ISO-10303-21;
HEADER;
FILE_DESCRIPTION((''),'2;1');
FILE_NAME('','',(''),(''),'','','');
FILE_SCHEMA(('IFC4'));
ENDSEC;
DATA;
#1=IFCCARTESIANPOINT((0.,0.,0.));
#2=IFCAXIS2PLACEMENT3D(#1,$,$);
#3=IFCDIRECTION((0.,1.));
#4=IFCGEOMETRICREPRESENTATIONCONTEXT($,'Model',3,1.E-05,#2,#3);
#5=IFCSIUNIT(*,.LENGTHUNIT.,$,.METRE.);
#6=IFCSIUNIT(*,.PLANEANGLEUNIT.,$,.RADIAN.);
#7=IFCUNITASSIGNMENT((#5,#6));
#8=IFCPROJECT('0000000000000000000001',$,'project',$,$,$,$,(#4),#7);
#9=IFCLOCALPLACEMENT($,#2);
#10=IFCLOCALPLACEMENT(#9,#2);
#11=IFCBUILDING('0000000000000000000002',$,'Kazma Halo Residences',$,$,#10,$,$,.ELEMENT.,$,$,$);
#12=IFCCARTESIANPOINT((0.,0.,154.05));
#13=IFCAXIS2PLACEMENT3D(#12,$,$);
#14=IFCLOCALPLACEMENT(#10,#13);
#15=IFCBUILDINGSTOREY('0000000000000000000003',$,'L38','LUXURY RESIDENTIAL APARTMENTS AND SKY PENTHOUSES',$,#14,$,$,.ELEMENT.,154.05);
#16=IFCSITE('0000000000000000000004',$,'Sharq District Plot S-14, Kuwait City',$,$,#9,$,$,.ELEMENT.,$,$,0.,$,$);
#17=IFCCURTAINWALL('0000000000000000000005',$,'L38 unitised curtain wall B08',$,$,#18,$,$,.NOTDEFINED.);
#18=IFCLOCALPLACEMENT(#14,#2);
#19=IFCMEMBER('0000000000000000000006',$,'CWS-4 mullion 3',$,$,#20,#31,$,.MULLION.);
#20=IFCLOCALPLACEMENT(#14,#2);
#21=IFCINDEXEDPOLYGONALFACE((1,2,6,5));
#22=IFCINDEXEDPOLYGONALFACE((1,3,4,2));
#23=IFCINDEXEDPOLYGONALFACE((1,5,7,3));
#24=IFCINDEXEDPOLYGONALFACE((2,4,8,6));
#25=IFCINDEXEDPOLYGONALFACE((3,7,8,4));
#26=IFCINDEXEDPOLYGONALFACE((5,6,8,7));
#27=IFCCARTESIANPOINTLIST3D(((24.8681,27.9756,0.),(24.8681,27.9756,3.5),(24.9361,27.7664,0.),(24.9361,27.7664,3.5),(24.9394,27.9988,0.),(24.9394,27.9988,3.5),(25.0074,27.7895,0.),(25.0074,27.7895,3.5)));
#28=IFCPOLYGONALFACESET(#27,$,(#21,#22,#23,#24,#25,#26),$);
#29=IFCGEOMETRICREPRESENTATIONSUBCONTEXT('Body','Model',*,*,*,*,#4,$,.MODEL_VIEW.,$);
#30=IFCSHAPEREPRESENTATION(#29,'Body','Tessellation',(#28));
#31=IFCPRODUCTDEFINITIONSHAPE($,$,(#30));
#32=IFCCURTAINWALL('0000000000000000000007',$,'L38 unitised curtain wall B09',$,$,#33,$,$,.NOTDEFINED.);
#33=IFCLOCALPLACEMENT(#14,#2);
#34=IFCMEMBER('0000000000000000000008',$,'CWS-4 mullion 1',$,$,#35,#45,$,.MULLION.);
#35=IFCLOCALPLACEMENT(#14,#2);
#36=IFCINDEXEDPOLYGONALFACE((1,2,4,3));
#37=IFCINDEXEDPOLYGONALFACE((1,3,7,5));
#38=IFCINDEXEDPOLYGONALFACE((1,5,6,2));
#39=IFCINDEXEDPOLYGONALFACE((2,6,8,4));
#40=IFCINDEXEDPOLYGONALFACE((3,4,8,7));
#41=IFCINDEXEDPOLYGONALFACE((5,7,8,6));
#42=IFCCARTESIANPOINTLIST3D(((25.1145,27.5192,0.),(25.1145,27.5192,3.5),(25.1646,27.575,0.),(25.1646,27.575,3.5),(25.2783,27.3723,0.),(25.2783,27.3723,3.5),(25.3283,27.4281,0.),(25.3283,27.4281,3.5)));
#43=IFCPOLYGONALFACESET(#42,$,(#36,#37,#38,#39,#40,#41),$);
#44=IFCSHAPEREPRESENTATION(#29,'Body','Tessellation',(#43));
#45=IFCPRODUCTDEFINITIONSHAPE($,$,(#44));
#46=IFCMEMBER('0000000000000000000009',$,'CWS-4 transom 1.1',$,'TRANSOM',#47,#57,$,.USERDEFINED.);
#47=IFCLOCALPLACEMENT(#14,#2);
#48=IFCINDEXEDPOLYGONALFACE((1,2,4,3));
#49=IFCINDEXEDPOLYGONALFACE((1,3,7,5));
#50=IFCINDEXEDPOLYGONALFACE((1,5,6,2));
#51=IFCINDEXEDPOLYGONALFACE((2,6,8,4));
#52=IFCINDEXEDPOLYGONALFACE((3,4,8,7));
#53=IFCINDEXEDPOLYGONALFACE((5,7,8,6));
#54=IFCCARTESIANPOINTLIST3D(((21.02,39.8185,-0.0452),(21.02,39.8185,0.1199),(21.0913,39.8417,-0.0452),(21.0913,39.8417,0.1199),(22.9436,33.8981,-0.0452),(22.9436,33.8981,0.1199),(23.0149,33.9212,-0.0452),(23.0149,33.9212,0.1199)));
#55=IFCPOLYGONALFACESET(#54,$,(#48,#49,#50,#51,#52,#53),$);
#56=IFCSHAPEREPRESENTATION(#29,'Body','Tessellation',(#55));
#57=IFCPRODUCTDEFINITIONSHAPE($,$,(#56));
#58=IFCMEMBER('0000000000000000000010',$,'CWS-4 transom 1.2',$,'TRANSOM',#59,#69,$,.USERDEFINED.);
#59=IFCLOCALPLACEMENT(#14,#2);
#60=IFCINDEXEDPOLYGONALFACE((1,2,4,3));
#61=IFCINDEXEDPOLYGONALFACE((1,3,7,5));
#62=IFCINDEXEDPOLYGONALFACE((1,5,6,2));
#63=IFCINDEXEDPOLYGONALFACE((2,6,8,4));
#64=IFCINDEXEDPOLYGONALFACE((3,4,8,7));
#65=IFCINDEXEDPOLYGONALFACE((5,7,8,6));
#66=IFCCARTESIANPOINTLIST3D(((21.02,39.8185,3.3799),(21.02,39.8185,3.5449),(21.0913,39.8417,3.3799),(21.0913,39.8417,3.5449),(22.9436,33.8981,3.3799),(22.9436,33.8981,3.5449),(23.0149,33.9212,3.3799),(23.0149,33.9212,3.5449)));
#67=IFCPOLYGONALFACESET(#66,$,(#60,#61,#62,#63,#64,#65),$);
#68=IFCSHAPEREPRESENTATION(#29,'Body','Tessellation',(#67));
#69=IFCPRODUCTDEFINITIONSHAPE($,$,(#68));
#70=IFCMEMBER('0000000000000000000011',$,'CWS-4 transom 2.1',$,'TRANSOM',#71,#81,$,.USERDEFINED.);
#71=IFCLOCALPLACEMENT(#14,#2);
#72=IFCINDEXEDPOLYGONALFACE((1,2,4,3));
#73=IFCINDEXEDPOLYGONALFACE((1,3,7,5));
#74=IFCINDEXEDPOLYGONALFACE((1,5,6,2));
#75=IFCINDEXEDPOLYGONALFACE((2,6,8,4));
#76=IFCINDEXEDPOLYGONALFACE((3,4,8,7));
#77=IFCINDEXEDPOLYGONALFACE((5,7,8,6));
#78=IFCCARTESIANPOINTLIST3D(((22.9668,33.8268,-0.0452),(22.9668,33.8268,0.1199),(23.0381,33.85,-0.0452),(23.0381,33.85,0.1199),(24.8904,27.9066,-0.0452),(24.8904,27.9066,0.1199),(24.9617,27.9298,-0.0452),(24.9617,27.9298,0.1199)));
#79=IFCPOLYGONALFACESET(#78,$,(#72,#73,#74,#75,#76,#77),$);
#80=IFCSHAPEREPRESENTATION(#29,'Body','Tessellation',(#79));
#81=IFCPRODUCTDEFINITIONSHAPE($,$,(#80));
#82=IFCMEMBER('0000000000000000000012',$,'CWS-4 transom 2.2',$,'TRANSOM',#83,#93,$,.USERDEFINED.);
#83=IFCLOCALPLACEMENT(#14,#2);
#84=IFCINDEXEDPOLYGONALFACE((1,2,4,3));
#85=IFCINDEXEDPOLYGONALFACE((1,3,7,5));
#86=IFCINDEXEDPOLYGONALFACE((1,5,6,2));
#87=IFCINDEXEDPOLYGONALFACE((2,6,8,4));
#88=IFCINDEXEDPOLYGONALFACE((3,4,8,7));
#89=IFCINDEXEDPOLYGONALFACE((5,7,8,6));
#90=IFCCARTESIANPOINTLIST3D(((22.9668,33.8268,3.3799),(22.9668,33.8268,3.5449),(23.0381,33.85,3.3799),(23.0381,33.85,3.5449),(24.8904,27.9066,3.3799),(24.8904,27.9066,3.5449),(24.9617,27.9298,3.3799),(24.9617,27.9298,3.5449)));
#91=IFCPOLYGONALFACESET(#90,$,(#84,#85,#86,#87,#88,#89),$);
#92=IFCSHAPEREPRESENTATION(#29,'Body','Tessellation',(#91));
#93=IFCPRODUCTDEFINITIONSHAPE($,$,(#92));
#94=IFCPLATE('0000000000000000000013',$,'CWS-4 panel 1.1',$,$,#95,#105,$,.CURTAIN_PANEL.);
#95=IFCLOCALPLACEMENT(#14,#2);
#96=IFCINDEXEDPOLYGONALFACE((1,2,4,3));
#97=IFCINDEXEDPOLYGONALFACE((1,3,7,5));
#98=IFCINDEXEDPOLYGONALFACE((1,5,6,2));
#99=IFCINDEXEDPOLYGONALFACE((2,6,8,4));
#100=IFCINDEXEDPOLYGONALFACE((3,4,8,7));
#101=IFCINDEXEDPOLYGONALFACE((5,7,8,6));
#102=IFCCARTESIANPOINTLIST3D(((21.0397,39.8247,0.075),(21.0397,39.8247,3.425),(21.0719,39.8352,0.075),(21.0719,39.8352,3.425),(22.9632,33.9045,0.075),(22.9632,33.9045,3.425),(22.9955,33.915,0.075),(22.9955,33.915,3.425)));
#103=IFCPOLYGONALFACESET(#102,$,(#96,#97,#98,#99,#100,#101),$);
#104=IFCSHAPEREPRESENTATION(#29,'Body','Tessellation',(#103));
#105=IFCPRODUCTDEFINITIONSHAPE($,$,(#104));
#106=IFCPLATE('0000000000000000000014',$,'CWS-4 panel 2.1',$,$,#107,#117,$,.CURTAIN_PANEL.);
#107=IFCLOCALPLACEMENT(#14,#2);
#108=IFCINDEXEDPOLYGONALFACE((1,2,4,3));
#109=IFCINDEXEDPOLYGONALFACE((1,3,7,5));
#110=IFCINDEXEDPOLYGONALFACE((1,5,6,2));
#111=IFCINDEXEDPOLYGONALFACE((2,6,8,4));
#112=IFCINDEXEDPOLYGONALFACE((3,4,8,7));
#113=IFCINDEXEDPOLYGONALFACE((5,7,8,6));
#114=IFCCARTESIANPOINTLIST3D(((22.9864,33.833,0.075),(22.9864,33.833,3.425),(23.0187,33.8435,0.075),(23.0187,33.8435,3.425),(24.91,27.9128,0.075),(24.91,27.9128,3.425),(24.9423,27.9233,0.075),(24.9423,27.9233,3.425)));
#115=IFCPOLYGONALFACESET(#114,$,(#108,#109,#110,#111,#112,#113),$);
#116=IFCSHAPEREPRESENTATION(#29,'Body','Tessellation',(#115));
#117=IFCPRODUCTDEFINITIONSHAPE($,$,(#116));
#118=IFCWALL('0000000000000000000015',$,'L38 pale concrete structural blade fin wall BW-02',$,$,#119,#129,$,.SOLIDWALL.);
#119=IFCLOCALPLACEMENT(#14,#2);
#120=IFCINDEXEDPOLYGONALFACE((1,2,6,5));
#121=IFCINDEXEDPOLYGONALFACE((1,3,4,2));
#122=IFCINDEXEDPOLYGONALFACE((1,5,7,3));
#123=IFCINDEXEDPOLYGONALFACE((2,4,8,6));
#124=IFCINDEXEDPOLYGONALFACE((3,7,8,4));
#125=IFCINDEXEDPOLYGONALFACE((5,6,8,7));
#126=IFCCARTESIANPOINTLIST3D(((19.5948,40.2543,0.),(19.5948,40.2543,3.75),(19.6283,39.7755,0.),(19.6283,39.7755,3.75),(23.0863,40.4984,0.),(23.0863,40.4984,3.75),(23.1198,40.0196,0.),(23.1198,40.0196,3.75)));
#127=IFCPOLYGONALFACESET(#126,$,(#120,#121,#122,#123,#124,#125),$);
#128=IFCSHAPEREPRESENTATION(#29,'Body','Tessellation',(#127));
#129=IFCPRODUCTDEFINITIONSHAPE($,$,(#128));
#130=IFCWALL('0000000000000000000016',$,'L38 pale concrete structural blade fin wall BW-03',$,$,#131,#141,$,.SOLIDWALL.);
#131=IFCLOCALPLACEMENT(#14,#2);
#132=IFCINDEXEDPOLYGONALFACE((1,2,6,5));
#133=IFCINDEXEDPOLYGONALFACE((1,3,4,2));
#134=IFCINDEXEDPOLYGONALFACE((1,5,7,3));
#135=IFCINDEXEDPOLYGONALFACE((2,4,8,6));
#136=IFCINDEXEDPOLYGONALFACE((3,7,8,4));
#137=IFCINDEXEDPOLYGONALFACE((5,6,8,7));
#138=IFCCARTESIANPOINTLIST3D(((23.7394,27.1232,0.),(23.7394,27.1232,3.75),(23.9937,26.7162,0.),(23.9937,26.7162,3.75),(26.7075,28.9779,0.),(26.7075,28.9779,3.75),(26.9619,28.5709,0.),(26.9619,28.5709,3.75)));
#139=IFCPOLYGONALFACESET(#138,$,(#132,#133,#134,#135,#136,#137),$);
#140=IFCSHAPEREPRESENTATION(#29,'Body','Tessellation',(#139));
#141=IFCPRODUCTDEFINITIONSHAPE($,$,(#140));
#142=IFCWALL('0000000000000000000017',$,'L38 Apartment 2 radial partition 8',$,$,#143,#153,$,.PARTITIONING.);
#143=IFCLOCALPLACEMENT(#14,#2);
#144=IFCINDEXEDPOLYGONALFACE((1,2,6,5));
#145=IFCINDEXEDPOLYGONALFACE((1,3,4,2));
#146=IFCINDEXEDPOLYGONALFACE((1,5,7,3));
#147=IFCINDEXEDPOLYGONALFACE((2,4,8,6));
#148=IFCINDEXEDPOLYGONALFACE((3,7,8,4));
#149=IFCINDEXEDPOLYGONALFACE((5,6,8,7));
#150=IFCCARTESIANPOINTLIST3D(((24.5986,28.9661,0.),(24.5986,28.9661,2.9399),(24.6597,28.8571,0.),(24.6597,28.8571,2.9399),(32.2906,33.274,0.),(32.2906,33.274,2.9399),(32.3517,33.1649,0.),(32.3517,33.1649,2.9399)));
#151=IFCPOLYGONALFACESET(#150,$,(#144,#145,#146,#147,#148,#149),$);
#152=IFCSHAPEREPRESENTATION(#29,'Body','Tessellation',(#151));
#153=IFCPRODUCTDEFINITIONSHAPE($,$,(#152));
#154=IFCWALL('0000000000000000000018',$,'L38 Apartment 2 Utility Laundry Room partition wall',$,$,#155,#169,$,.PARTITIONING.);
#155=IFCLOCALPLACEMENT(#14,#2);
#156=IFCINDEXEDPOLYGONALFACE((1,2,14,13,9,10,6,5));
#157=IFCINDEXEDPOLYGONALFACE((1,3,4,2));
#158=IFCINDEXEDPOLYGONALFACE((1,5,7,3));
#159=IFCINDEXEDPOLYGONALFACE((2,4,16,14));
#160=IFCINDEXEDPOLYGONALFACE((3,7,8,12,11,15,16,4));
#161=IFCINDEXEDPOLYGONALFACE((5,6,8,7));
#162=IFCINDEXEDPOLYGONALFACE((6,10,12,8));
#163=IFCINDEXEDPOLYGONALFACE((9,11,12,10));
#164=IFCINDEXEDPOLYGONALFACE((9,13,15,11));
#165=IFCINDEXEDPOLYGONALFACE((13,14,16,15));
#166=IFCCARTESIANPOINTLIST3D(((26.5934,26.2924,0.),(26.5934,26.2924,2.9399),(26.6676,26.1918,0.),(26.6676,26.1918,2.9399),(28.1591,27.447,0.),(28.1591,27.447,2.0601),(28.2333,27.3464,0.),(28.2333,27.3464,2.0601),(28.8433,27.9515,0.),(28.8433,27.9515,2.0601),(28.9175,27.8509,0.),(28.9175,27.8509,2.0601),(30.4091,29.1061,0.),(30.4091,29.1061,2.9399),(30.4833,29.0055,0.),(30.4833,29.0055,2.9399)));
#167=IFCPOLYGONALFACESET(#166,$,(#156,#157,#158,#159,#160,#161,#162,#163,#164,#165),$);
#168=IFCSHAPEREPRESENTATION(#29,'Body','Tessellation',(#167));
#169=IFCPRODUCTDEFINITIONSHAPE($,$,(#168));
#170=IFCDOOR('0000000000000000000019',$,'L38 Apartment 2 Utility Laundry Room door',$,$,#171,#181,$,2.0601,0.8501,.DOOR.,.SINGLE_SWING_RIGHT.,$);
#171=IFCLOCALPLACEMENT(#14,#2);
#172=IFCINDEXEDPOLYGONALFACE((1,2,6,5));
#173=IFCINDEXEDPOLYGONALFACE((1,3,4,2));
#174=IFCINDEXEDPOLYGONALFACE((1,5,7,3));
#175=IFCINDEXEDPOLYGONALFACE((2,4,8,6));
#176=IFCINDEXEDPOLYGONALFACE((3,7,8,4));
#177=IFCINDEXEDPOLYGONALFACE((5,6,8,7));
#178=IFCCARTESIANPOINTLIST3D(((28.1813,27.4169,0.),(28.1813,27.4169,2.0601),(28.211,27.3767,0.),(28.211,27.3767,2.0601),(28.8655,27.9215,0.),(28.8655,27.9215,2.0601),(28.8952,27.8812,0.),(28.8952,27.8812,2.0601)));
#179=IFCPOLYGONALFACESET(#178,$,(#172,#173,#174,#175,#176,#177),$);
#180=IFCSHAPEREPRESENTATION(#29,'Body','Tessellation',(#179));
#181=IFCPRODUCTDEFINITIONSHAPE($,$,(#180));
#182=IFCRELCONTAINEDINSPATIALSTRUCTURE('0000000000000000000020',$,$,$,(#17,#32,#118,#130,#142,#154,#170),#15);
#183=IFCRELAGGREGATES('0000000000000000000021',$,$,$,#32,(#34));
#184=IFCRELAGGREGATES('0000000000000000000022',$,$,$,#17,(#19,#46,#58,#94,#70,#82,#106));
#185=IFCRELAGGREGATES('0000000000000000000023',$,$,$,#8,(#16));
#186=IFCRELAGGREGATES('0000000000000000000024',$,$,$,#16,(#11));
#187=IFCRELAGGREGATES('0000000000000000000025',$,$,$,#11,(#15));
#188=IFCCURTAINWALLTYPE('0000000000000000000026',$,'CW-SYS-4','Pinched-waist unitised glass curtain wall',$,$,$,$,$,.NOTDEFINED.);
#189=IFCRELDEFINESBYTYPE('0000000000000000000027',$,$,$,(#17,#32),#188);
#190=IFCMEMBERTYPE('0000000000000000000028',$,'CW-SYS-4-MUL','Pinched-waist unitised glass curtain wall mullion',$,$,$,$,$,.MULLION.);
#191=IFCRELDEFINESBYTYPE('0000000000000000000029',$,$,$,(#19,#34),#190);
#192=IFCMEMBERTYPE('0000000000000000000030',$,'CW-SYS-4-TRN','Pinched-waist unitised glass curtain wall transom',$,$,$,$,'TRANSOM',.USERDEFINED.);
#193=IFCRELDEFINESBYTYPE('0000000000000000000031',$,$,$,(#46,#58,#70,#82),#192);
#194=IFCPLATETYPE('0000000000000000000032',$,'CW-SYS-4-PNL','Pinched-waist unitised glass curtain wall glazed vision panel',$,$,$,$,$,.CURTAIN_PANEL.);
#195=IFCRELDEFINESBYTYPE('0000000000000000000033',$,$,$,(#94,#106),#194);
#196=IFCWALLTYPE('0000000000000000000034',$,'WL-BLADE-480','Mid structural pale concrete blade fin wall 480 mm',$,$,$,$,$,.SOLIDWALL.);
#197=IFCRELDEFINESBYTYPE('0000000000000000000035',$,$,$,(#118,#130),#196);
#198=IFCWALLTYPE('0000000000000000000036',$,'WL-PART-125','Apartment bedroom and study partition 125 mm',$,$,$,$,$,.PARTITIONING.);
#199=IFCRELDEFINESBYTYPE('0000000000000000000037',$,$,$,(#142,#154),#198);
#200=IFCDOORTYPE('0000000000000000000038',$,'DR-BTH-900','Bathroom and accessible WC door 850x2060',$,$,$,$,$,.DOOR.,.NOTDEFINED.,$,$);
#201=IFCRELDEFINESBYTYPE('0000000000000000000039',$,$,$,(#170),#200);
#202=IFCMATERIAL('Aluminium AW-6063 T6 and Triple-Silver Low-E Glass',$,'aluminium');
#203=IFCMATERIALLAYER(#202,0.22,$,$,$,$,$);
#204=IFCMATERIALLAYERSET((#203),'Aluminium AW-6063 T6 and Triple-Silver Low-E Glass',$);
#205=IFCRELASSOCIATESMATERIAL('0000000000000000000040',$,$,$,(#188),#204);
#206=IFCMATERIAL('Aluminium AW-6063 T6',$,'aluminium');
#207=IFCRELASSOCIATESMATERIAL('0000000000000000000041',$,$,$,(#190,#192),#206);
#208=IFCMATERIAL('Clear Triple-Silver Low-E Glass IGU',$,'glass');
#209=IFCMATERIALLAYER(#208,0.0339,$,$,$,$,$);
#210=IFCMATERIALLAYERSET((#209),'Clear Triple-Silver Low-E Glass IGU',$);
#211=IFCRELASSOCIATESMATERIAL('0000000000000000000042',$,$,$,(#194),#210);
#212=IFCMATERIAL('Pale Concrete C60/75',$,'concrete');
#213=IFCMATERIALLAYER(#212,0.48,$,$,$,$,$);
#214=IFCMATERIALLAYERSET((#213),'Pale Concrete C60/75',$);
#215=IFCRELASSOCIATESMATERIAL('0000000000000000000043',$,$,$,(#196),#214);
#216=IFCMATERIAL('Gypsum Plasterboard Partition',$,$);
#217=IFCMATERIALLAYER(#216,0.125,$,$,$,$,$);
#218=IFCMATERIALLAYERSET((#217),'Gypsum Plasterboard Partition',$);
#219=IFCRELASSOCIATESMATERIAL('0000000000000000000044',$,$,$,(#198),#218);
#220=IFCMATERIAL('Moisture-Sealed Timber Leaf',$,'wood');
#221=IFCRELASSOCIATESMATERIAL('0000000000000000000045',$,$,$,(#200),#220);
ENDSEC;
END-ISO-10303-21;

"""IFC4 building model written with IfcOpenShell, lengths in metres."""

from ifc_helpers import new_model, si_unit, direction, frame, frame_2d, origin, origin_2d, place, context, subcontext, project, spatial, rectangle, extrude, material, layer, layer_set, material_profile, profile_set, type_object, element, fill, aggregate, save


model = new_model("IFC4")

# Units and contexts
model_context = context("Model", 3, precision=1e-05, world=origin(), true_north=direction((0.0, 1.0)))
body_context = subcontext(model_context, "Body", "Model", "MODEL_VIEW")
ifc_project = project(units=[si_unit("LENGTHUNIT", "METRE"), si_unit("PLANEANGLEUNIT", "RADIAN")], contexts=[model_context])

# Site, building, storey
site_placement = place(None, origin())
site = spatial("IfcSite", under=ifc_project, at=site_placement, Name="Sharq District Plot S-14, Kuwait City", CompositionType="ELEMENT", RefElevation=0.0)
building_placement = place(site_placement, origin())
building = spatial("IfcBuilding", under=site, at=building_placement, Name="Kazma Halo Residences", CompositionType="ELEMENT")
storey_placement = place(building_placement, frame((0.0, 0.0, 154.05)))
storey = spatial("IfcBuildingStorey", under=building, at=storey_placement, Name="L38", Description="LUXURY RESIDENTIAL APARTMENTS AND SKY PENTHOUSES", CompositionType="ELEMENT", Elevation=154.05)

# Shared definitions
ifc_material_1 = material(Name="Aluminium AW-6063 T6 and Triple-Silver Low-E Glass", Category="aluminium")
ifc_layer_1 = layer(ifc_material_1, 0.22)
ifc_layer_set_1 = layer_set([ifc_layer_1], Name="Aluminium AW-6063 T6 and Triple-Silver Low-E Glass")
curtain_wall_type = type_object("IfcCurtainWallType", Name="CW-SYS-4", Description="Pinched-waist unitised glass curtain wall", PredefinedType="NOTDEFINED", material=ifc_layer_set_1)
ifc_material_2 = material(Name="Aluminium AW-6063 T6", Category="aluminium")
ifc_material_profile_1 = material_profile(ifc_material_2, rectangle(XDim=0.075, YDim=0.22, at=origin_2d()), Name="CWM-75x220")
ifc_profile_set_1 = profile_set([ifc_material_profile_1], Name="Aluminium AW-6063 T6")
member_type_1 = type_object("IfcMemberType", Name="CW-SYS-4-MUL", Description="Pinched-waist unitised glass curtain wall mullion", PredefinedType="MULLION", material=ifc_profile_set_1)

# Curtain wall, member
curtain_wall_1_placement = place(storey_placement, origin())
curtain_wall_1 = element("IfcCurtainWall", 1, at=curtain_wall_1_placement, inside=storey, type_object=curtain_wall_type, Name="L38 unitised curtain wall B08", PredefinedType="NOTDEFINED")
member_1_placement = place(storey_placement, frame((24.9377, 27.8826, 0.0), z_axis=(0.0, 0.0, 1.0), x_axis=(0.951058, 0.309014, 0.0)))
member_1 = element("IfcMember", 2, at=member_1_placement, type_object=member_type_1, Name="CWS-4 mullion 3", PredefinedType="MULLION", context=body_context, shape_type="SweptSolid", body=[
    extrude(rectangle(XDim=0.075, YDim=0.22, at=origin_2d()), origin(), (0.0, 0.0, 1.0), 3.5),
])

# Curtain wall, member
curtain_wall_2_placement = place(storey_placement, origin())
curtain_wall_2 = element("IfcCurtainWall", 3, at=curtain_wall_2_placement, inside=storey, type_object=curtain_wall_type, Name="L38 unitised curtain wall B09", PredefinedType="NOTDEFINED")
member_2_placement = place(storey_placement, frame((25.2214, 27.4736, 0.0), z_axis=(0.0, 0.0, 1.0), x_axis=(0.66777, 0.744368, 0.0)))
member_2 = element("IfcMember", 4, at=member_2_placement, type_object=member_type_1, Name="CWS-4 mullion 1", PredefinedType="MULLION", context=body_context, shape_type="SweptSolid", body=[
    extrude(rectangle(XDim=0.075, YDim=0.22, at=origin_2d()), origin(), (0.0, 0.0, 1.0), 3.5),
])
aggregate(curtain_wall_2, [member_2])

# Members
ifc_material_profile_2 = material_profile(ifc_material_2, rectangle(XDim=0.075, YDim=0.165, at=origin_2d()), Name="CWT-75x165")
ifc_profile_set_2 = profile_set([ifc_material_profile_2], Name="Aluminium AW-6063 T6")
member_type_2 = type_object("IfcMemberType", Name="CW-SYS-4-TRN", Description="Pinched-waist unitised glass curtain wall transom", ElementType="TRANSOM", PredefinedType="USERDEFINED", material=ifc_profile_set_2)
member_3_placement = place(storey_placement, frame((21.0557, 39.8301, 0.0374), z_axis=(0.309006, -0.95106, 0.0), x_axis=(0.95106, 0.309006, 0.0)))
member_3 = element("IfcMember", 5, at=member_3_placement, type_object=member_type_2, Name="CWS-4 transom 1.1", ObjectType="TRANSOM", PredefinedType="USERDEFINED", context=body_context, shape_type="SweptSolid", body=[
    extrude(rectangle(XDim=0.075, YDim=0.165, at=origin_2d()), origin(), (0.0, 0.0, 1.0), 6.2251),
])
member_4_placement = place(storey_placement, frame((21.0557, 39.8301, 3.4624), z_axis=(0.309006, -0.95106, 0.0), x_axis=(0.95106, 0.309006, 0.0)))
member_4 = element("IfcMember", 6, at=member_4_placement, type_object=member_type_2, Name="CWS-4 transom 1.2", ObjectType="TRANSOM", PredefinedType="USERDEFINED", context=body_context, shape_type="SweptSolid", body=[
    extrude(rectangle(XDim=0.075, YDim=0.165, at=origin_2d()), origin(), (0.0, 0.0, 1.0), 6.2251),
])
member_5_placement = place(storey_placement, frame((23.0024, 33.8384, 0.0374), z_axis=(0.309018, -0.951056, 0.0), x_axis=(0.951056, 0.309018, 0.0)))
member_5 = element("IfcMember", 7, at=member_5_placement, type_object=member_type_2, Name="CWS-4 transom 2.1", ObjectType="TRANSOM", PredefinedType="USERDEFINED", context=body_context, shape_type="SweptSolid", body=[
    extrude(rectangle(XDim=0.075, YDim=0.165, at=origin_2d()), origin(), (0.0, 0.0, 1.0), 6.2249),
])
member_6_placement = place(storey_placement, frame((23.0024, 33.8384, 3.4624), z_axis=(0.309018, -0.951056, 0.0), x_axis=(0.951056, 0.309018, 0.0)))
member_6 = element("IfcMember", 8, at=member_6_placement, type_object=member_type_2, Name="CWS-4 transom 2.2", ObjectType="TRANSOM", PredefinedType="USERDEFINED", context=body_context, shape_type="SweptSolid", body=[
    extrude(rectangle(XDim=0.075, YDim=0.165, at=origin_2d()), origin(), (0.0, 0.0, 1.0), 6.2249),
])

# Plates
ifc_material_3 = material(Name="Clear Triple-Silver Low-E Glass IGU", Category="glass")
ifc_layer_2 = layer(ifc_material_3, 0.0339)
ifc_layer_set_2 = layer_set([ifc_layer_2], Name="Clear Triple-Silver Low-E Glass IGU")
plate_type = type_object("IfcPlateType", Name="CW-SYS-4-PNL", Description="Pinched-waist unitised glass curtain wall glazed vision panel", PredefinedType="CURTAIN_PANEL", material=ifc_layer_set_2)
plate_1_placement = place(storey_placement, frame((22.0176, 36.8699, 0.075), z_axis=(0.0, 0.0, 1.0), x_axis=(0.309014, -0.951058, 0.0)))
plate_1 = element("IfcPlate", 9, at=plate_1_placement, type_object=plate_type, Name="CWS-4 panel 1.1", PredefinedType="CURTAIN_PANEL", context=body_context, shape_type="SweptSolid", body=[
    extrude(rectangle(XDim=6.2249, YDim=0.0339, at=origin_2d()), origin(), (0.0, 0.0, 1.0), 3.3501),
])
plate_2_placement = place(storey_placement, frame((23.9644, 30.8782, 0.075), z_axis=(0.0, 0.0, 1.0), x_axis=(0.309014, -0.951058, 0.0)))
plate_2 = element("IfcPlate", 10, at=plate_2_placement, type_object=plate_type, Name="CWS-4 panel 2.1", PredefinedType="CURTAIN_PANEL", context=body_context, shape_type="SweptSolid", body=[
    extrude(rectangle(XDim=6.2249, YDim=0.0339, at=origin_2d()), origin(), (0.0, 0.0, 1.0), 3.3501),
])
aggregate(curtain_wall_1, [member_1, member_3, member_4, plate_1, member_5, member_6, plate_2])

# Walls
ifc_material_4 = material(Name="Pale Concrete C60/75", Category="concrete")
ifc_layer_3 = layer(ifc_material_4, 0.48)
ifc_layer_set_3 = layer_set([ifc_layer_3], Name="Pale Concrete C60/75")
wall_type_1 = type_object("IfcWallType", Name="WL-BLADE-480", Description="Mid structural pale concrete blade fin wall 480 mm", PredefinedType="SOLIDWALL", material=ifc_layer_set_3)
for number, where, z_axis, x_axis, name in (
    (11, (23.103, 40.259, 0.0), (0.0, 0.0, 1.0), (-0.997564, -0.069755, 0.0), "L38 pale concrete structural blade fin wall BW-02"),
    (12, (26.8347, 28.7744, 0.0), (0.0, 0.0, 1.0), (-0.848053, -0.529911, 0.0), "L38 pale concrete structural blade fin wall BW-03"),
):
    element("IfcWall", number, at=place(storey_placement, frame(where, z_axis=z_axis, x_axis=x_axis)), inside=storey, type_object=wall_type_1, Name=name, PredefinedType="SOLIDWALL", context=body_context, shape_type="SweptSolid", body=[
        extrude(rectangle(XDim=3.5, YDim=0.48, at=frame_2d((1.75, 0.0))), origin(), (0.0, 0.0, 1.0), 3.75),
    ])
ifc_material_5 = material(Name="Gypsum Plasterboard Partition")
ifc_layer_4 = layer(ifc_material_5, 0.125)
ifc_layer_set_4 = layer_set([ifc_layer_4], Name="Gypsum Plasterboard Partition")
wall_type_2 = type_object("IfcWallType", Name="WL-PART-125", Description="Apartment bedroom and study partition 125 mm", PredefinedType="PARTITIONING", material=ifc_layer_set_4)
wall_1_placement = place(storey_placement, frame((32.3213, 33.2195, 0.0), z_axis=(0.0, 0.0, 1.0), x_axis=(-0.872493, -0.488626, 0.0)))
element("IfcWall", 13, at=wall_1_placement, inside=storey, type_object=wall_type_2, Name="L38 Apartment 2 radial partition 8", PredefinedType="PARTITIONING", context=body_context, shape_type="SweptSolid", body=[
    extrude(rectangle(XDim=8.8162, YDim=0.125, at=frame_2d((4.4082, 0.0))), origin(), (0.0, 0.0, 1.0), 2.9399),
])

# Wall, opening, door
wall_2_placement = place(storey_placement, frame((30.4463, 29.0559, 0.0), z_axis=(0.0, 0.0, 1.0), x_axis=(-0.804837, -0.593496, 0.0)))
wall_2 = element("IfcWall", 14, at=wall_2_placement, inside=storey, type_object=wall_type_2, Name="L38 Apartment 2 Utility Laundry Room partition wall", PredefinedType="PARTITIONING", context=body_context, shape_type="SweptSolid", body=[
    extrude(rectangle(XDim=4.741, YDim=0.125, at=frame_2d((2.3706, 0.0))), origin(), (0.0, 0.0, 1.0), 2.9399),
])
opening_1_placement = place(wall_2_placement, frame((1.9456, 0.0, 0.0)))
opening_1 = element("IfcOpeningElement", 15, at=opening_1_placement, cuts=wall_2, PredefinedType="OPENING", context=body_context, shape_type="SweptSolid", body=[
    extrude(rectangle(XDim=0.8501, YDim=2.0601, at=frame_2d((0.425, 1.03))), frame((0.0, 0.0725, 0.0), z_axis=(0.0, -1.0, 0.0), x_axis=(1.0, 0.0, 0.0)), (0.0, 0.0, 1.0), 0.145),
])
ifc_material_6 = material(Name="Moisture-Sealed Timber Leaf", Category="wood")
door_type = type_object("IfcDoorType", Name="DR-BTH-900", Description="Bathroom and accessible WC door 850x2060", OperationType="NOTDEFINED", PredefinedType="DOOR", material=ifc_material_6)
door_1_placement = place(opening_1_placement, origin())
door_1 = element("IfcDoor", 16, at=door_1_placement, inside=storey, type_object=door_type, Name="L38 Apartment 2 Utility Laundry Room door", OperationType="SINGLE_SWING_RIGHT", OverallHeight=2.0601, OverallWidth=0.8501, PredefinedType="DOOR", context=body_context, shape_type="SweptSolid", body=[
    extrude(rectangle(XDim=0.8501, YDim=2.0601, at=frame_2d((0.425, 1.03))), frame((0.0, 0.0249, 0.0), z_axis=(0.0, -1.0, 0.0), x_axis=(1.0, 0.0, 0.0)), (0.0, 0.0, 1.0), 0.05),
])
fill(opening_1, door_1)

save(model, "model.ifc")
